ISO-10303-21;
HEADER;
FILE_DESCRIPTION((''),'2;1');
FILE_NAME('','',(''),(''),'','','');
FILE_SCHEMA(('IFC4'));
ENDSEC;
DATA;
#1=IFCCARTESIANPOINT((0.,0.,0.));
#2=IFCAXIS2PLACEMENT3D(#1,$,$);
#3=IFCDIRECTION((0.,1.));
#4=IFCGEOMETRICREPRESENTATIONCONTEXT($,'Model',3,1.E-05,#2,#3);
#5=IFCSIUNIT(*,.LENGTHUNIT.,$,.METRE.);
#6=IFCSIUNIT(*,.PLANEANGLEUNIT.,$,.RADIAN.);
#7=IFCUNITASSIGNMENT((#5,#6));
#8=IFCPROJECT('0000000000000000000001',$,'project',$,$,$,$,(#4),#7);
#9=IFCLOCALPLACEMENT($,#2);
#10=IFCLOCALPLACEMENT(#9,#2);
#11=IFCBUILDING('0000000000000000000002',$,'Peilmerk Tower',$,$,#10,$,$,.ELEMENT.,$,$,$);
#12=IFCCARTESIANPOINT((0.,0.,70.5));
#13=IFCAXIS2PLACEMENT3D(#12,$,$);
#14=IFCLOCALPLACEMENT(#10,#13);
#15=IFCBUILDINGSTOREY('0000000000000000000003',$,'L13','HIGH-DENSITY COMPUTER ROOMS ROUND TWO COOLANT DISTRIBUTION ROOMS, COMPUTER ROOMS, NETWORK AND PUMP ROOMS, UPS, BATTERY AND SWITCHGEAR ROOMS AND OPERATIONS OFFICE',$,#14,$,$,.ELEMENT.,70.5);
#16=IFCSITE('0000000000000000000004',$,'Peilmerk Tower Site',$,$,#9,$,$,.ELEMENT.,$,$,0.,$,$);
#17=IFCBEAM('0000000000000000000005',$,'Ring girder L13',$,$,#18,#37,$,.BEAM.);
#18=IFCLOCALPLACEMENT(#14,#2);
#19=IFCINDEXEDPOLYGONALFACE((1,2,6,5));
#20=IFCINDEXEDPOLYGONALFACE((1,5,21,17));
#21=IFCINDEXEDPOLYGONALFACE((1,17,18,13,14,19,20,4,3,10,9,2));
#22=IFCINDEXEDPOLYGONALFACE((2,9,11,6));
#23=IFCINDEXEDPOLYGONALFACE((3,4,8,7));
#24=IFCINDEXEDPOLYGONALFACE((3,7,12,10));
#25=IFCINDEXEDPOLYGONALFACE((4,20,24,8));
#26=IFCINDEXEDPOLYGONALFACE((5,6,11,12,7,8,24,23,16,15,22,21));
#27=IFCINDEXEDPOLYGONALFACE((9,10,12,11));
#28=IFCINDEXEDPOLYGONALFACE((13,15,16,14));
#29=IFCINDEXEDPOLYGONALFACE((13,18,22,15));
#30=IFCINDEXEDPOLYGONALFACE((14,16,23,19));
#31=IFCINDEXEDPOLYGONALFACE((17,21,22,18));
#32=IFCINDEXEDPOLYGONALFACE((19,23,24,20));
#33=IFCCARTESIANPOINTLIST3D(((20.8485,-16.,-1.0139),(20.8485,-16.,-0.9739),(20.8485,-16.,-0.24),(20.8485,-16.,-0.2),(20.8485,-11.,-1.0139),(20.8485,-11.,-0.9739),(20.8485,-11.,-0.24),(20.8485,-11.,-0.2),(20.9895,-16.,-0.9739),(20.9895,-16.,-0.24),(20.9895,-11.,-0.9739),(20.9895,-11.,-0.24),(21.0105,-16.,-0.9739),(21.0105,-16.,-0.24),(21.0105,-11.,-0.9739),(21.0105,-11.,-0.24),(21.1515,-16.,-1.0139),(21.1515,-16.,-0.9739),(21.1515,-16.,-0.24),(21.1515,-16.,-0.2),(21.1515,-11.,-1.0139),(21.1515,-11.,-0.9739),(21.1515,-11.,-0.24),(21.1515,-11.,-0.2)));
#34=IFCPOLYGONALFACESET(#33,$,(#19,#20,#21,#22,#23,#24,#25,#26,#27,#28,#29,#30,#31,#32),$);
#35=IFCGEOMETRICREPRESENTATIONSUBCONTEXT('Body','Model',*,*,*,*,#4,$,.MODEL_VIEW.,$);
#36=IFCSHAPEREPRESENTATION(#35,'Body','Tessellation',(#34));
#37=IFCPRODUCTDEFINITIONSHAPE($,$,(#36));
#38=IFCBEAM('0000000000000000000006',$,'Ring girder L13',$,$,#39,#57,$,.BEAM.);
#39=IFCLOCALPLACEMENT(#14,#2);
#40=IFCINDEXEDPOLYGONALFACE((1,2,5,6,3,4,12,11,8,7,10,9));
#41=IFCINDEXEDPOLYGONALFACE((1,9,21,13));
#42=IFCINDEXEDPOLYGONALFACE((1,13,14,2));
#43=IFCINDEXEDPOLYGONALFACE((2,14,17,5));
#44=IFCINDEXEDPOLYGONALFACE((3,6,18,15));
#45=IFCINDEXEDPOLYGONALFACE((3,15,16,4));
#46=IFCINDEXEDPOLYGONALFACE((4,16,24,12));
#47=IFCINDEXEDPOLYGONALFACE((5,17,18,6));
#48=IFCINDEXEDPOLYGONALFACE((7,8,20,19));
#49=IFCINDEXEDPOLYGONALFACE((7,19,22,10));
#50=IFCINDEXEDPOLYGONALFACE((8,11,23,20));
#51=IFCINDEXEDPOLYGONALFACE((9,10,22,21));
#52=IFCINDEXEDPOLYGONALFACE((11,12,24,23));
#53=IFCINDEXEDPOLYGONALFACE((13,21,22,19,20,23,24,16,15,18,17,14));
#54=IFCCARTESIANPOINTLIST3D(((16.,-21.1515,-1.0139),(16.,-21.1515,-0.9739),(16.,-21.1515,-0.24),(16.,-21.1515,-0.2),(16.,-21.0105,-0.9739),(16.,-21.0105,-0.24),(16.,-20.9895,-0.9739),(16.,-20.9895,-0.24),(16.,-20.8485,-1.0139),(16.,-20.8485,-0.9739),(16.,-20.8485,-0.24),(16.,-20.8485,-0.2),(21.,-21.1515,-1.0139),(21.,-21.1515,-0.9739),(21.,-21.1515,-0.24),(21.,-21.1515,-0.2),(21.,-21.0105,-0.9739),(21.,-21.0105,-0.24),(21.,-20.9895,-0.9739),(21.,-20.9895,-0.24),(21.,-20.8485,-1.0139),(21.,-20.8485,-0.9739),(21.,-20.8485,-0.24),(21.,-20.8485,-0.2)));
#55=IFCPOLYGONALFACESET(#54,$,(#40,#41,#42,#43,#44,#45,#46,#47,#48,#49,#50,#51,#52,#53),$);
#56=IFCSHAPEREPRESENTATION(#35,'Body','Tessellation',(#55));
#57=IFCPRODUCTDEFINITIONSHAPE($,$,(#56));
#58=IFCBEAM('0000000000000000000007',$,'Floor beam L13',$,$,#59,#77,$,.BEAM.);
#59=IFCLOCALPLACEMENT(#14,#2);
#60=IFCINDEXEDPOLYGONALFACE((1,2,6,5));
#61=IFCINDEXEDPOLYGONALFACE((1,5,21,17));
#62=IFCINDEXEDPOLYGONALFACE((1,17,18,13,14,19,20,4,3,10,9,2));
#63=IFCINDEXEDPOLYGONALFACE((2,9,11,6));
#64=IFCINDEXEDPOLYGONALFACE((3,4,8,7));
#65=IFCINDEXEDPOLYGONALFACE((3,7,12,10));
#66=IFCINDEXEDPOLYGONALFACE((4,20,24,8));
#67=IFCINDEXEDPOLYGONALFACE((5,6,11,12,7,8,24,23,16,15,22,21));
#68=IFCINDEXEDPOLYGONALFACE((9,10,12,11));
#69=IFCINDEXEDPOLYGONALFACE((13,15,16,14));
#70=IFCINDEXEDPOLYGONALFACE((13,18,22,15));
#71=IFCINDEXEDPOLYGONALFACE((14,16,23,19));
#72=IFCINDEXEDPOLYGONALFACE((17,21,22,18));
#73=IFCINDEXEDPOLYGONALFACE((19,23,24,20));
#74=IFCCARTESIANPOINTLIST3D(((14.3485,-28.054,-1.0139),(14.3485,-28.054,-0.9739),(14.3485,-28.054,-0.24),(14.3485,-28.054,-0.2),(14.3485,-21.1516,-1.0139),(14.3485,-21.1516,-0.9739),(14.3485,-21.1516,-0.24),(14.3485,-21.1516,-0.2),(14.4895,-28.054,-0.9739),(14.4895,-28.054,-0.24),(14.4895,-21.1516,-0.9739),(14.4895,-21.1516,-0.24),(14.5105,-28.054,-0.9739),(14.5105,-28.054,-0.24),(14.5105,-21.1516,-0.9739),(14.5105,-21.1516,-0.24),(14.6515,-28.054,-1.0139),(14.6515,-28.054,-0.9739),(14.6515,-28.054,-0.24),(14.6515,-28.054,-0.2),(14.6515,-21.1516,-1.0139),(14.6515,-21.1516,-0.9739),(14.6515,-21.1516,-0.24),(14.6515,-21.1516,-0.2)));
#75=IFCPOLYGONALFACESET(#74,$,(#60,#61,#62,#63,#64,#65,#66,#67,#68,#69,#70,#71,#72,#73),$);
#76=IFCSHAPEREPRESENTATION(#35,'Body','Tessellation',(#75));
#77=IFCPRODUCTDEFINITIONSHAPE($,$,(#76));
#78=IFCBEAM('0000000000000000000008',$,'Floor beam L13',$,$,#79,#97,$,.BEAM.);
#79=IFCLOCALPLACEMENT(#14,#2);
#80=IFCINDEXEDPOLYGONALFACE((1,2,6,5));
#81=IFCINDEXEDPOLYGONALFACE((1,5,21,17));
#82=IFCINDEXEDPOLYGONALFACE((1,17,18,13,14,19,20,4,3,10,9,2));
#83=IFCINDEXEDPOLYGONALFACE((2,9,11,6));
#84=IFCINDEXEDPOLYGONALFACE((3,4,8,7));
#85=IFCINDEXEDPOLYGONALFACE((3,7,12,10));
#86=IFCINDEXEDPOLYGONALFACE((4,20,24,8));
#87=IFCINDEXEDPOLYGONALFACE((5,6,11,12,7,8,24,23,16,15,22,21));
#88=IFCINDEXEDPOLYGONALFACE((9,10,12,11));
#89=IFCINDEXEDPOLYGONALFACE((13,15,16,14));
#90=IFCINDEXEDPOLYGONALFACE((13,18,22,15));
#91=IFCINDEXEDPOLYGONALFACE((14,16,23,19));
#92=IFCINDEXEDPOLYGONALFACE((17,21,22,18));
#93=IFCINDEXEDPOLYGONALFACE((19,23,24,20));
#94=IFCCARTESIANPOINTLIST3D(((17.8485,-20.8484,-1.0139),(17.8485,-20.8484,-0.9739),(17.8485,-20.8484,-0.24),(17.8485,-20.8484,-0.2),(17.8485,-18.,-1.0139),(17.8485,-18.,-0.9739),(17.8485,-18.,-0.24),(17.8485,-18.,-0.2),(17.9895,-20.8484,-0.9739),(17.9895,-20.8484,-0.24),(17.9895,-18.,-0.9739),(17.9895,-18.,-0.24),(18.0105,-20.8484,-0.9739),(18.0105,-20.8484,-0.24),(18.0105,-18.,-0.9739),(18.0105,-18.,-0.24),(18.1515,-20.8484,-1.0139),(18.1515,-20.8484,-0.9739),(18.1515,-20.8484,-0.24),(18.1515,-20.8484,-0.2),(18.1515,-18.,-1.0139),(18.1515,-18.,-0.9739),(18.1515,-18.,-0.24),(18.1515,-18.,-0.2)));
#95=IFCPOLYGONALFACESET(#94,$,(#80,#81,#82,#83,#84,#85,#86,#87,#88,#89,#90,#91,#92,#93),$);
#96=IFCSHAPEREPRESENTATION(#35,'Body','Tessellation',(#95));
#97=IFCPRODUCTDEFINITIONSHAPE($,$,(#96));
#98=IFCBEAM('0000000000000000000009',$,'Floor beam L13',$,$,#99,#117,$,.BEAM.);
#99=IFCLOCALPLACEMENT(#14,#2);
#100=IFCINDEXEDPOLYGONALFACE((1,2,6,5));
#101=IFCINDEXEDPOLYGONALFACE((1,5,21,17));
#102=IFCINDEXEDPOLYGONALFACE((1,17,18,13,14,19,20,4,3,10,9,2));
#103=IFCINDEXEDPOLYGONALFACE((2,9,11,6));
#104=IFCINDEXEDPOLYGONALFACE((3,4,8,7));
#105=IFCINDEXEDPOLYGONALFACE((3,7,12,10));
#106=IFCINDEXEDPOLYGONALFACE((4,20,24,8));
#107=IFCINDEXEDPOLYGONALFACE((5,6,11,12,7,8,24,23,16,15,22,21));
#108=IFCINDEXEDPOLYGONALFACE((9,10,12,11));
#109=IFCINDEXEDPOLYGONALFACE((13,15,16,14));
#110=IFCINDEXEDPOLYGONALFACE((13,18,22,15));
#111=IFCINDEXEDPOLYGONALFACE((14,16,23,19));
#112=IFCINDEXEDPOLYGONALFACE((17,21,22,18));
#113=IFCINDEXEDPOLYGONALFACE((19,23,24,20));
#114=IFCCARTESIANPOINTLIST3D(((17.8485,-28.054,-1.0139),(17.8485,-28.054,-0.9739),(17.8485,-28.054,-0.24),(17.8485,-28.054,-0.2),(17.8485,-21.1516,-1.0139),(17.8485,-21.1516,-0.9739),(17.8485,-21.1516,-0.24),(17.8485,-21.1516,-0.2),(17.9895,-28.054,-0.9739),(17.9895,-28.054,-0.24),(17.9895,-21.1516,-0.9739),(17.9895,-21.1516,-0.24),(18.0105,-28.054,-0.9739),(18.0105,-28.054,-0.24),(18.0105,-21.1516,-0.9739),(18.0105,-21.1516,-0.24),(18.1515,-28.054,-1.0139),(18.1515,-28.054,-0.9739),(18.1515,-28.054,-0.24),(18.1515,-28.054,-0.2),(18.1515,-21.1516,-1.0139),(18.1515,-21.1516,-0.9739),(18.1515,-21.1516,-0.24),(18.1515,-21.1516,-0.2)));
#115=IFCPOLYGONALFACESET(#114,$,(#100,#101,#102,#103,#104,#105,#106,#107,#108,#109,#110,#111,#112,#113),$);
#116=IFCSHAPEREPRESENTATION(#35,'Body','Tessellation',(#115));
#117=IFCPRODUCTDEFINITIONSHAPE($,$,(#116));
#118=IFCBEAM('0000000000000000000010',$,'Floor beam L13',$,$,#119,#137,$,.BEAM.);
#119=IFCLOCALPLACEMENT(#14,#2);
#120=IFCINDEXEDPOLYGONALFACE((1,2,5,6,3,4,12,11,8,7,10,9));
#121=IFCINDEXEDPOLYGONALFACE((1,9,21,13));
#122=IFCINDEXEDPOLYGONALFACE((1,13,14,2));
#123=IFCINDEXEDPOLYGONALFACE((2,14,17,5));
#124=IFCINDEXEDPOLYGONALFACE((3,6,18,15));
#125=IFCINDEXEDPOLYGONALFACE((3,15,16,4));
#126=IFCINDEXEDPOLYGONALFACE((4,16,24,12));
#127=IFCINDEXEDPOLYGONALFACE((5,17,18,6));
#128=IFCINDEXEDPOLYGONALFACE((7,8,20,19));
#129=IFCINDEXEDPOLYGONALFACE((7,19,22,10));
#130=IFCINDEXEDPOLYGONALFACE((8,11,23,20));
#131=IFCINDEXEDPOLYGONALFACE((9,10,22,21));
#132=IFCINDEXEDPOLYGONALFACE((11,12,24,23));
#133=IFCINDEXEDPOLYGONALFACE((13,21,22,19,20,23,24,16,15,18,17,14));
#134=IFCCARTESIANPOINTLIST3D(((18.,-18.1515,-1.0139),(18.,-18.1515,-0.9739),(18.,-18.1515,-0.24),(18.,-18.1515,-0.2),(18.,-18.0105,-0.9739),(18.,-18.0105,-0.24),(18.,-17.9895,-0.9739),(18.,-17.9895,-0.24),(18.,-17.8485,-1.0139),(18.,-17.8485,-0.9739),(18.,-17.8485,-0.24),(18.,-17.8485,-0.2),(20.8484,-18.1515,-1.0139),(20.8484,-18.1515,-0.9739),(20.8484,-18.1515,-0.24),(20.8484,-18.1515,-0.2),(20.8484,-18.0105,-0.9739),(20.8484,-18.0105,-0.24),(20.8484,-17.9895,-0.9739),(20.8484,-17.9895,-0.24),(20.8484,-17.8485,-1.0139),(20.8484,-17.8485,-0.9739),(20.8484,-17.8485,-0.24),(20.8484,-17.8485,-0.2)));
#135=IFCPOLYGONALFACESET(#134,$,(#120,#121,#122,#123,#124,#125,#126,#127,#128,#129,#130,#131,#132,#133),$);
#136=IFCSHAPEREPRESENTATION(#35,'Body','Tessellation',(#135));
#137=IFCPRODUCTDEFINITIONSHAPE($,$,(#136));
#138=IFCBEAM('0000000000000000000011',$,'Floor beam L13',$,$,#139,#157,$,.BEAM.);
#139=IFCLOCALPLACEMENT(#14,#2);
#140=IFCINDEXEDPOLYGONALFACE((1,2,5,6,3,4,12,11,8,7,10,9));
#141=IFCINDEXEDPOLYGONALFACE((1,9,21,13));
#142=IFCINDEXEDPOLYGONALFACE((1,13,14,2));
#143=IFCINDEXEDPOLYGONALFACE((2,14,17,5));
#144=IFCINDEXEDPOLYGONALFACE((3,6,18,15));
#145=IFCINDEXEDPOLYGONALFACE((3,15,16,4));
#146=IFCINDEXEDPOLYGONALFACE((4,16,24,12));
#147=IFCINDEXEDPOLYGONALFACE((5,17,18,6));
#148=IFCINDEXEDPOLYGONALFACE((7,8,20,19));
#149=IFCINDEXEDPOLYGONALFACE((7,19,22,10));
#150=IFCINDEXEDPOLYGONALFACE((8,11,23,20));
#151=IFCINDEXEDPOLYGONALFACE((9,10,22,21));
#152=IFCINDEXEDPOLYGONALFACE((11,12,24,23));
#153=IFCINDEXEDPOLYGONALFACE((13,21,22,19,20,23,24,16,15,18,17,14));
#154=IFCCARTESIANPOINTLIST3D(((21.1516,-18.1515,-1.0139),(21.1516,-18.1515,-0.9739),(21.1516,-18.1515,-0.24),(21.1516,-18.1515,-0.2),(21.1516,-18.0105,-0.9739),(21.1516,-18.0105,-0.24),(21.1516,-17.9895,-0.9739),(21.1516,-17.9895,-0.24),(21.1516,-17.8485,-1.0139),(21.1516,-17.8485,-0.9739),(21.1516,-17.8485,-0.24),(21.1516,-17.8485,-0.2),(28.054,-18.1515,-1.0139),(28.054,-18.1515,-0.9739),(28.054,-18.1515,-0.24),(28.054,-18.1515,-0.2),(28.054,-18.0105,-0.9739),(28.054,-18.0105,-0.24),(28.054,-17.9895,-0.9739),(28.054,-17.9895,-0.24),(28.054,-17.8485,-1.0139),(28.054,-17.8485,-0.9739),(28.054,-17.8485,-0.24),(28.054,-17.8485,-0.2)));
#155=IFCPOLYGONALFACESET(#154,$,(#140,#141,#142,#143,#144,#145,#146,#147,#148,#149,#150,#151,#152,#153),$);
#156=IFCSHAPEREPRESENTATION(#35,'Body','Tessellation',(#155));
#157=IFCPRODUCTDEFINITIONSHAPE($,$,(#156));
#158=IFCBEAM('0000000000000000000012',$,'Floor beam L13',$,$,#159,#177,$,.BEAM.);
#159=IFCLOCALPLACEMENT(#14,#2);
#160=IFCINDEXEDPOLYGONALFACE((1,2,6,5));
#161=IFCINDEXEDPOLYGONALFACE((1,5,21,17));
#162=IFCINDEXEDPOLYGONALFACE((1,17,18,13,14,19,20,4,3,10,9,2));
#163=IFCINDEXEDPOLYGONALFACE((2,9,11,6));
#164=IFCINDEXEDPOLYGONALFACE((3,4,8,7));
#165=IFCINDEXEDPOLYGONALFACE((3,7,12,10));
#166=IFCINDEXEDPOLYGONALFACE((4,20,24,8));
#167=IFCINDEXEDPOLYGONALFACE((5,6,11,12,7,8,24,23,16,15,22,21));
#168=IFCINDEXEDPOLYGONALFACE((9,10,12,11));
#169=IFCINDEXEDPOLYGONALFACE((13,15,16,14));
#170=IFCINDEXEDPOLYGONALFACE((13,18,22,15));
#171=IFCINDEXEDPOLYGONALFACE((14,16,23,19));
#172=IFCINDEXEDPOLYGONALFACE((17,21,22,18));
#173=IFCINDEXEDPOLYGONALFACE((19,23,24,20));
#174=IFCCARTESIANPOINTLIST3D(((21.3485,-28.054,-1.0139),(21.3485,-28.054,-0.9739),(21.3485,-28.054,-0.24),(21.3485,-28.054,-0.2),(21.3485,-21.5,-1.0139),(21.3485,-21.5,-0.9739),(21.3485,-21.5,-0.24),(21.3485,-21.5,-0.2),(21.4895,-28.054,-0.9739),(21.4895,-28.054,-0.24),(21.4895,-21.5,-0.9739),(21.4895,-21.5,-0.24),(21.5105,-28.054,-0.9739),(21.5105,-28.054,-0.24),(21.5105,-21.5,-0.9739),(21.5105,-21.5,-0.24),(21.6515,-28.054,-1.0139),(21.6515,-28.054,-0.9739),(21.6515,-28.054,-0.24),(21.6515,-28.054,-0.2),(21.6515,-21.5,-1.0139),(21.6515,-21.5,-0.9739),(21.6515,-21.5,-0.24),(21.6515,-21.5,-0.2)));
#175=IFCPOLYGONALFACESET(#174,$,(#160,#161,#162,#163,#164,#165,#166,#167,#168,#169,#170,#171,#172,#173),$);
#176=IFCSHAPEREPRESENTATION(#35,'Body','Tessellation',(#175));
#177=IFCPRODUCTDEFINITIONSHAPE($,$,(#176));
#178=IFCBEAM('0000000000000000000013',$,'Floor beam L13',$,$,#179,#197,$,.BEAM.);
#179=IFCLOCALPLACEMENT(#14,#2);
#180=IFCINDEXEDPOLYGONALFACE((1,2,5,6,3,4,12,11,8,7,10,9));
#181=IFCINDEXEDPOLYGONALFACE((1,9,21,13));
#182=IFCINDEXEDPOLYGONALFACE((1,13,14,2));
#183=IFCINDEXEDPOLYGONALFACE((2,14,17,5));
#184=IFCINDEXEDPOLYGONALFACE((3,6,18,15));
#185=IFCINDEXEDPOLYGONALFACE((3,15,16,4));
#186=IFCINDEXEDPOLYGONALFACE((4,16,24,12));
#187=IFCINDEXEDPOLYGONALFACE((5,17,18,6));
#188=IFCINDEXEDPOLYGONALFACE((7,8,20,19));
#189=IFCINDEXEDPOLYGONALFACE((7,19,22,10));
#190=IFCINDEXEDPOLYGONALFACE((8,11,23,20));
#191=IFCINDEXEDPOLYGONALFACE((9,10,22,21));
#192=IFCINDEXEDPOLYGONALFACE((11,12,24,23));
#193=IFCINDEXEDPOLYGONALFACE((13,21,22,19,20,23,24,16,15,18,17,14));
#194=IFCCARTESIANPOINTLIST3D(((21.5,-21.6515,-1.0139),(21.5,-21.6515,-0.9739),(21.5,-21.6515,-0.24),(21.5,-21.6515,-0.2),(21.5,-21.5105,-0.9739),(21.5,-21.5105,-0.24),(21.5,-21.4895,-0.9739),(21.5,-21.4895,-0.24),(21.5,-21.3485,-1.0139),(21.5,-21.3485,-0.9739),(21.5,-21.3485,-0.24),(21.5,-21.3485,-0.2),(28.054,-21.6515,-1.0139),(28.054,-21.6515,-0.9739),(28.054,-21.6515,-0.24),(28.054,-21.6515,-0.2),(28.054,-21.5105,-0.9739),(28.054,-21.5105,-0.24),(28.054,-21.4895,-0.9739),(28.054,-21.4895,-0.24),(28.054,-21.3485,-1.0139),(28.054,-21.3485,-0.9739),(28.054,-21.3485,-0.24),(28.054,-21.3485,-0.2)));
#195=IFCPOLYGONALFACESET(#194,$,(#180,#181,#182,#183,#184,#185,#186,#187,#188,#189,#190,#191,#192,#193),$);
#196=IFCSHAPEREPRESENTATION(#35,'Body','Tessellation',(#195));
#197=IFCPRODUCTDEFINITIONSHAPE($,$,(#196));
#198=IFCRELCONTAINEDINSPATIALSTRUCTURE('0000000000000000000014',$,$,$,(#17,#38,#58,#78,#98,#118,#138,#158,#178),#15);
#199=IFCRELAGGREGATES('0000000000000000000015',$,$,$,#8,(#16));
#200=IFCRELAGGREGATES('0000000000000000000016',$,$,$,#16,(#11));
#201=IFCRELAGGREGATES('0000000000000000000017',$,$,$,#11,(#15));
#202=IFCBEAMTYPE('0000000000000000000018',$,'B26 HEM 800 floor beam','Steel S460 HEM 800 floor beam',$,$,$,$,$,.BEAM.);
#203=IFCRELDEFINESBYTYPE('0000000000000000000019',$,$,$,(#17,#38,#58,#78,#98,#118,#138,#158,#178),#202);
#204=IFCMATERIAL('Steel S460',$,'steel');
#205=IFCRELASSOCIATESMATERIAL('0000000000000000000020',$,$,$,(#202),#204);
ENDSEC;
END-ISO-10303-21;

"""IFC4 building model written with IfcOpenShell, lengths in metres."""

from ifc_helpers import new_model, si_unit, direction, frame, origin, origin_2d, place, context, subcontext, project, spatial, i_section, extrude, material, material_profile, profile_set, type_object, element, save


model = new_model("IFC4")

# Units and contexts
model_context = context("Model", 3, precision=1e-05, world=origin(), true_north=direction((0.0, 1.0)))
body_context = subcontext(model_context, "Body", "Model", "MODEL_VIEW")
ifc_project = project(units=[si_unit("LENGTHUNIT", "METRE"), si_unit("PLANEANGLEUNIT", "RADIAN")], contexts=[model_context])

# Site, building, storey
site_placement = place(None, origin())
site = spatial("IfcSite", under=ifc_project, at=site_placement, Name="Peilmerk Tower Site", CompositionType="ELEMENT", RefElevation=0.0)
building_placement = place(site_placement, origin())
building = spatial("IfcBuilding", under=site, at=building_placement, Name="Peilmerk Tower", CompositionType="ELEMENT")
storey_placement = place(building_placement, frame((0.0, 0.0, 70.5)))
storey = spatial("IfcBuildingStorey", under=building, at=storey_placement, Name="L13", Description="HIGH-DENSITY COMPUTER ROOMS ROUND TWO COOLANT DISTRIBUTION ROOMS, COMPUTER ROOMS, NETWORK AND PUMP ROOMS, UPS, BATTERY AND SWITCHGEAR ROOMS AND OPERATIONS OFFICE", CompositionType="ELEMENT", Elevation=70.5)

# Beams
ifc_material_1 = material(Name="Steel S460", Category="steel")
ifc_material_profile_1 = material_profile(ifc_material_1, i_section(OverallWidth=0.303, OverallDepth=0.814, WebThickness=0.021, FlangeThickness=0.04, at=origin_2d()), Name="HEM 800")
ifc_profile_set_1 = profile_set([ifc_material_profile_1], Name="Steel S460")
beam_type_1 = type_object("IfcBeamType", Name="B26 HEM 800 floor beam", Description="Steel S460 HEM 800 floor beam", PredefinedType="BEAM", material=ifc_profile_set_1)
for number, where, z_axis, x_axis, name in (
    (1, (21.0, -16.0, -0.6069), (0.0, 1.0, 0.0), (-1.0, 0.0, 0.0), "Ring girder L13"),
    (2, (16.0, -21.0, -0.6069), (1.0, 0.0, 0.0), (0.0, 1.0, 0.0), "Ring girder L13"),
):
    element("IfcBeam", number, at=place(storey_placement, frame(where, z_axis=z_axis, x_axis=x_axis)), inside=storey, type_object=beam_type_1, Name=name, PredefinedType="BEAM", context=body_context, shape_type="SweptSolid", body=[
        extrude(i_section(OverallWidth=0.303, OverallDepth=0.814, WebThickness=0.021, FlangeThickness=0.04, at=origin_2d()), origin(), (0.0, 0.0, 1.0), 5.0),
    ])
beam_1_placement = place(storey_placement, frame((14.5, -21.1516, -0.6069), z_axis=(0.0, -1.0, 0.0), x_axis=(1.0, 0.0, 0.0)))
element("IfcBeam", 3, at=beam_1_placement, inside=storey, type_object=beam_type_1, Name="Floor beam L13", PredefinedType="BEAM", context=body_context, shape_type="SweptSolid", body=[
    extrude(i_section(OverallWidth=0.303, OverallDepth=0.814, WebThickness=0.021, FlangeThickness=0.04, at=origin_2d()), origin(), (0.0, 0.0, 1.0), 6.9023),
])
beam_2_placement = place(storey_placement, frame((18.0, -18.0, -0.6069), z_axis=(0.0, -1.0, 0.0), x_axis=(1.0, 0.0, 0.0)))
element("IfcBeam", 4, at=beam_2_placement, inside=storey, type_object=beam_type_1, Name="Floor beam L13", PredefinedType="BEAM", context=body_context, shape_type="SweptSolid", body=[
    extrude(i_section(OverallWidth=0.303, OverallDepth=0.814, WebThickness=0.021, FlangeThickness=0.04, at=origin_2d()), origin(), (0.0, 0.0, 1.0), 2.8484),
])
beam_3_placement = place(storey_placement, frame((18.0, -21.1516, -0.6069), z_axis=(0.0, -1.0, 0.0), x_axis=(1.0, 0.0, 0.0)))
element("IfcBeam", 5, at=beam_3_placement, inside=storey, type_object=beam_type_1, Name="Floor beam L13", PredefinedType="BEAM", context=body_context, shape_type="SweptSolid", body=[
    extrude(i_section(OverallWidth=0.303, OverallDepth=0.814, WebThickness=0.021, FlangeThickness=0.04, at=origin_2d()), origin(), (0.0, 0.0, 1.0), 6.9023),
])
beam_4_placement = place(storey_placement, frame((18.0, -18.0, -0.6069), z_axis=(1.0, 0.0, 0.0), x_axis=(0.0, 1.0, 0.0)))
element("IfcBeam", 6, at=beam_4_placement, inside=storey, type_object=beam_type_1, Name="Floor beam L13", PredefinedType="BEAM", context=body_context, shape_type="SweptSolid", body=[
    extrude(i_section(OverallWidth=0.303, OverallDepth=0.814, WebThickness=0.021, FlangeThickness=0.04, at=origin_2d()), origin(), (0.0, 0.0, 1.0), 2.8484),
])
beam_5_placement = place(storey_placement, frame((21.1516, -18.0, -0.6069), z_axis=(1.0, 0.0, 0.0), x_axis=(0.0, 1.0, 0.0)))
element("IfcBeam", 7, at=beam_5_placement, inside=storey, type_object=beam_type_1, Name="Floor beam L13", PredefinedType="BEAM", context=body_context, shape_type="SweptSolid", body=[
    extrude(i_section(OverallWidth=0.303, OverallDepth=0.814, WebThickness=0.021, FlangeThickness=0.04, at=origin_2d()), origin(), (0.0, 0.0, 1.0), 6.9023),
])
for number, where, z_axis, x_axis, name in (
    (8, (21.5, -21.5, -0.6069), (0.0, -1.0, 0.0), (1.0, 0.0, 0.0), "Floor beam L13"),
    (9, (21.5, -21.5, -0.6069), (1.0, 0.0, 0.0), (0.0, 1.0, 0.0), "Floor beam L13"),
):
    element("IfcBeam", number, at=place(storey_placement, frame(where, z_axis=z_axis, x_axis=x_axis)), inside=storey, type_object=beam_type_1, Name=name, PredefinedType="BEAM", context=body_context, shape_type="SweptSolid", body=[
        extrude(i_section(OverallWidth=0.303, OverallDepth=0.814, WebThickness=0.021, FlangeThickness=0.04, at=origin_2d()), origin(), (0.0, 0.0, 1.0), 6.554),
    ])

save(model, "model.ifc")
